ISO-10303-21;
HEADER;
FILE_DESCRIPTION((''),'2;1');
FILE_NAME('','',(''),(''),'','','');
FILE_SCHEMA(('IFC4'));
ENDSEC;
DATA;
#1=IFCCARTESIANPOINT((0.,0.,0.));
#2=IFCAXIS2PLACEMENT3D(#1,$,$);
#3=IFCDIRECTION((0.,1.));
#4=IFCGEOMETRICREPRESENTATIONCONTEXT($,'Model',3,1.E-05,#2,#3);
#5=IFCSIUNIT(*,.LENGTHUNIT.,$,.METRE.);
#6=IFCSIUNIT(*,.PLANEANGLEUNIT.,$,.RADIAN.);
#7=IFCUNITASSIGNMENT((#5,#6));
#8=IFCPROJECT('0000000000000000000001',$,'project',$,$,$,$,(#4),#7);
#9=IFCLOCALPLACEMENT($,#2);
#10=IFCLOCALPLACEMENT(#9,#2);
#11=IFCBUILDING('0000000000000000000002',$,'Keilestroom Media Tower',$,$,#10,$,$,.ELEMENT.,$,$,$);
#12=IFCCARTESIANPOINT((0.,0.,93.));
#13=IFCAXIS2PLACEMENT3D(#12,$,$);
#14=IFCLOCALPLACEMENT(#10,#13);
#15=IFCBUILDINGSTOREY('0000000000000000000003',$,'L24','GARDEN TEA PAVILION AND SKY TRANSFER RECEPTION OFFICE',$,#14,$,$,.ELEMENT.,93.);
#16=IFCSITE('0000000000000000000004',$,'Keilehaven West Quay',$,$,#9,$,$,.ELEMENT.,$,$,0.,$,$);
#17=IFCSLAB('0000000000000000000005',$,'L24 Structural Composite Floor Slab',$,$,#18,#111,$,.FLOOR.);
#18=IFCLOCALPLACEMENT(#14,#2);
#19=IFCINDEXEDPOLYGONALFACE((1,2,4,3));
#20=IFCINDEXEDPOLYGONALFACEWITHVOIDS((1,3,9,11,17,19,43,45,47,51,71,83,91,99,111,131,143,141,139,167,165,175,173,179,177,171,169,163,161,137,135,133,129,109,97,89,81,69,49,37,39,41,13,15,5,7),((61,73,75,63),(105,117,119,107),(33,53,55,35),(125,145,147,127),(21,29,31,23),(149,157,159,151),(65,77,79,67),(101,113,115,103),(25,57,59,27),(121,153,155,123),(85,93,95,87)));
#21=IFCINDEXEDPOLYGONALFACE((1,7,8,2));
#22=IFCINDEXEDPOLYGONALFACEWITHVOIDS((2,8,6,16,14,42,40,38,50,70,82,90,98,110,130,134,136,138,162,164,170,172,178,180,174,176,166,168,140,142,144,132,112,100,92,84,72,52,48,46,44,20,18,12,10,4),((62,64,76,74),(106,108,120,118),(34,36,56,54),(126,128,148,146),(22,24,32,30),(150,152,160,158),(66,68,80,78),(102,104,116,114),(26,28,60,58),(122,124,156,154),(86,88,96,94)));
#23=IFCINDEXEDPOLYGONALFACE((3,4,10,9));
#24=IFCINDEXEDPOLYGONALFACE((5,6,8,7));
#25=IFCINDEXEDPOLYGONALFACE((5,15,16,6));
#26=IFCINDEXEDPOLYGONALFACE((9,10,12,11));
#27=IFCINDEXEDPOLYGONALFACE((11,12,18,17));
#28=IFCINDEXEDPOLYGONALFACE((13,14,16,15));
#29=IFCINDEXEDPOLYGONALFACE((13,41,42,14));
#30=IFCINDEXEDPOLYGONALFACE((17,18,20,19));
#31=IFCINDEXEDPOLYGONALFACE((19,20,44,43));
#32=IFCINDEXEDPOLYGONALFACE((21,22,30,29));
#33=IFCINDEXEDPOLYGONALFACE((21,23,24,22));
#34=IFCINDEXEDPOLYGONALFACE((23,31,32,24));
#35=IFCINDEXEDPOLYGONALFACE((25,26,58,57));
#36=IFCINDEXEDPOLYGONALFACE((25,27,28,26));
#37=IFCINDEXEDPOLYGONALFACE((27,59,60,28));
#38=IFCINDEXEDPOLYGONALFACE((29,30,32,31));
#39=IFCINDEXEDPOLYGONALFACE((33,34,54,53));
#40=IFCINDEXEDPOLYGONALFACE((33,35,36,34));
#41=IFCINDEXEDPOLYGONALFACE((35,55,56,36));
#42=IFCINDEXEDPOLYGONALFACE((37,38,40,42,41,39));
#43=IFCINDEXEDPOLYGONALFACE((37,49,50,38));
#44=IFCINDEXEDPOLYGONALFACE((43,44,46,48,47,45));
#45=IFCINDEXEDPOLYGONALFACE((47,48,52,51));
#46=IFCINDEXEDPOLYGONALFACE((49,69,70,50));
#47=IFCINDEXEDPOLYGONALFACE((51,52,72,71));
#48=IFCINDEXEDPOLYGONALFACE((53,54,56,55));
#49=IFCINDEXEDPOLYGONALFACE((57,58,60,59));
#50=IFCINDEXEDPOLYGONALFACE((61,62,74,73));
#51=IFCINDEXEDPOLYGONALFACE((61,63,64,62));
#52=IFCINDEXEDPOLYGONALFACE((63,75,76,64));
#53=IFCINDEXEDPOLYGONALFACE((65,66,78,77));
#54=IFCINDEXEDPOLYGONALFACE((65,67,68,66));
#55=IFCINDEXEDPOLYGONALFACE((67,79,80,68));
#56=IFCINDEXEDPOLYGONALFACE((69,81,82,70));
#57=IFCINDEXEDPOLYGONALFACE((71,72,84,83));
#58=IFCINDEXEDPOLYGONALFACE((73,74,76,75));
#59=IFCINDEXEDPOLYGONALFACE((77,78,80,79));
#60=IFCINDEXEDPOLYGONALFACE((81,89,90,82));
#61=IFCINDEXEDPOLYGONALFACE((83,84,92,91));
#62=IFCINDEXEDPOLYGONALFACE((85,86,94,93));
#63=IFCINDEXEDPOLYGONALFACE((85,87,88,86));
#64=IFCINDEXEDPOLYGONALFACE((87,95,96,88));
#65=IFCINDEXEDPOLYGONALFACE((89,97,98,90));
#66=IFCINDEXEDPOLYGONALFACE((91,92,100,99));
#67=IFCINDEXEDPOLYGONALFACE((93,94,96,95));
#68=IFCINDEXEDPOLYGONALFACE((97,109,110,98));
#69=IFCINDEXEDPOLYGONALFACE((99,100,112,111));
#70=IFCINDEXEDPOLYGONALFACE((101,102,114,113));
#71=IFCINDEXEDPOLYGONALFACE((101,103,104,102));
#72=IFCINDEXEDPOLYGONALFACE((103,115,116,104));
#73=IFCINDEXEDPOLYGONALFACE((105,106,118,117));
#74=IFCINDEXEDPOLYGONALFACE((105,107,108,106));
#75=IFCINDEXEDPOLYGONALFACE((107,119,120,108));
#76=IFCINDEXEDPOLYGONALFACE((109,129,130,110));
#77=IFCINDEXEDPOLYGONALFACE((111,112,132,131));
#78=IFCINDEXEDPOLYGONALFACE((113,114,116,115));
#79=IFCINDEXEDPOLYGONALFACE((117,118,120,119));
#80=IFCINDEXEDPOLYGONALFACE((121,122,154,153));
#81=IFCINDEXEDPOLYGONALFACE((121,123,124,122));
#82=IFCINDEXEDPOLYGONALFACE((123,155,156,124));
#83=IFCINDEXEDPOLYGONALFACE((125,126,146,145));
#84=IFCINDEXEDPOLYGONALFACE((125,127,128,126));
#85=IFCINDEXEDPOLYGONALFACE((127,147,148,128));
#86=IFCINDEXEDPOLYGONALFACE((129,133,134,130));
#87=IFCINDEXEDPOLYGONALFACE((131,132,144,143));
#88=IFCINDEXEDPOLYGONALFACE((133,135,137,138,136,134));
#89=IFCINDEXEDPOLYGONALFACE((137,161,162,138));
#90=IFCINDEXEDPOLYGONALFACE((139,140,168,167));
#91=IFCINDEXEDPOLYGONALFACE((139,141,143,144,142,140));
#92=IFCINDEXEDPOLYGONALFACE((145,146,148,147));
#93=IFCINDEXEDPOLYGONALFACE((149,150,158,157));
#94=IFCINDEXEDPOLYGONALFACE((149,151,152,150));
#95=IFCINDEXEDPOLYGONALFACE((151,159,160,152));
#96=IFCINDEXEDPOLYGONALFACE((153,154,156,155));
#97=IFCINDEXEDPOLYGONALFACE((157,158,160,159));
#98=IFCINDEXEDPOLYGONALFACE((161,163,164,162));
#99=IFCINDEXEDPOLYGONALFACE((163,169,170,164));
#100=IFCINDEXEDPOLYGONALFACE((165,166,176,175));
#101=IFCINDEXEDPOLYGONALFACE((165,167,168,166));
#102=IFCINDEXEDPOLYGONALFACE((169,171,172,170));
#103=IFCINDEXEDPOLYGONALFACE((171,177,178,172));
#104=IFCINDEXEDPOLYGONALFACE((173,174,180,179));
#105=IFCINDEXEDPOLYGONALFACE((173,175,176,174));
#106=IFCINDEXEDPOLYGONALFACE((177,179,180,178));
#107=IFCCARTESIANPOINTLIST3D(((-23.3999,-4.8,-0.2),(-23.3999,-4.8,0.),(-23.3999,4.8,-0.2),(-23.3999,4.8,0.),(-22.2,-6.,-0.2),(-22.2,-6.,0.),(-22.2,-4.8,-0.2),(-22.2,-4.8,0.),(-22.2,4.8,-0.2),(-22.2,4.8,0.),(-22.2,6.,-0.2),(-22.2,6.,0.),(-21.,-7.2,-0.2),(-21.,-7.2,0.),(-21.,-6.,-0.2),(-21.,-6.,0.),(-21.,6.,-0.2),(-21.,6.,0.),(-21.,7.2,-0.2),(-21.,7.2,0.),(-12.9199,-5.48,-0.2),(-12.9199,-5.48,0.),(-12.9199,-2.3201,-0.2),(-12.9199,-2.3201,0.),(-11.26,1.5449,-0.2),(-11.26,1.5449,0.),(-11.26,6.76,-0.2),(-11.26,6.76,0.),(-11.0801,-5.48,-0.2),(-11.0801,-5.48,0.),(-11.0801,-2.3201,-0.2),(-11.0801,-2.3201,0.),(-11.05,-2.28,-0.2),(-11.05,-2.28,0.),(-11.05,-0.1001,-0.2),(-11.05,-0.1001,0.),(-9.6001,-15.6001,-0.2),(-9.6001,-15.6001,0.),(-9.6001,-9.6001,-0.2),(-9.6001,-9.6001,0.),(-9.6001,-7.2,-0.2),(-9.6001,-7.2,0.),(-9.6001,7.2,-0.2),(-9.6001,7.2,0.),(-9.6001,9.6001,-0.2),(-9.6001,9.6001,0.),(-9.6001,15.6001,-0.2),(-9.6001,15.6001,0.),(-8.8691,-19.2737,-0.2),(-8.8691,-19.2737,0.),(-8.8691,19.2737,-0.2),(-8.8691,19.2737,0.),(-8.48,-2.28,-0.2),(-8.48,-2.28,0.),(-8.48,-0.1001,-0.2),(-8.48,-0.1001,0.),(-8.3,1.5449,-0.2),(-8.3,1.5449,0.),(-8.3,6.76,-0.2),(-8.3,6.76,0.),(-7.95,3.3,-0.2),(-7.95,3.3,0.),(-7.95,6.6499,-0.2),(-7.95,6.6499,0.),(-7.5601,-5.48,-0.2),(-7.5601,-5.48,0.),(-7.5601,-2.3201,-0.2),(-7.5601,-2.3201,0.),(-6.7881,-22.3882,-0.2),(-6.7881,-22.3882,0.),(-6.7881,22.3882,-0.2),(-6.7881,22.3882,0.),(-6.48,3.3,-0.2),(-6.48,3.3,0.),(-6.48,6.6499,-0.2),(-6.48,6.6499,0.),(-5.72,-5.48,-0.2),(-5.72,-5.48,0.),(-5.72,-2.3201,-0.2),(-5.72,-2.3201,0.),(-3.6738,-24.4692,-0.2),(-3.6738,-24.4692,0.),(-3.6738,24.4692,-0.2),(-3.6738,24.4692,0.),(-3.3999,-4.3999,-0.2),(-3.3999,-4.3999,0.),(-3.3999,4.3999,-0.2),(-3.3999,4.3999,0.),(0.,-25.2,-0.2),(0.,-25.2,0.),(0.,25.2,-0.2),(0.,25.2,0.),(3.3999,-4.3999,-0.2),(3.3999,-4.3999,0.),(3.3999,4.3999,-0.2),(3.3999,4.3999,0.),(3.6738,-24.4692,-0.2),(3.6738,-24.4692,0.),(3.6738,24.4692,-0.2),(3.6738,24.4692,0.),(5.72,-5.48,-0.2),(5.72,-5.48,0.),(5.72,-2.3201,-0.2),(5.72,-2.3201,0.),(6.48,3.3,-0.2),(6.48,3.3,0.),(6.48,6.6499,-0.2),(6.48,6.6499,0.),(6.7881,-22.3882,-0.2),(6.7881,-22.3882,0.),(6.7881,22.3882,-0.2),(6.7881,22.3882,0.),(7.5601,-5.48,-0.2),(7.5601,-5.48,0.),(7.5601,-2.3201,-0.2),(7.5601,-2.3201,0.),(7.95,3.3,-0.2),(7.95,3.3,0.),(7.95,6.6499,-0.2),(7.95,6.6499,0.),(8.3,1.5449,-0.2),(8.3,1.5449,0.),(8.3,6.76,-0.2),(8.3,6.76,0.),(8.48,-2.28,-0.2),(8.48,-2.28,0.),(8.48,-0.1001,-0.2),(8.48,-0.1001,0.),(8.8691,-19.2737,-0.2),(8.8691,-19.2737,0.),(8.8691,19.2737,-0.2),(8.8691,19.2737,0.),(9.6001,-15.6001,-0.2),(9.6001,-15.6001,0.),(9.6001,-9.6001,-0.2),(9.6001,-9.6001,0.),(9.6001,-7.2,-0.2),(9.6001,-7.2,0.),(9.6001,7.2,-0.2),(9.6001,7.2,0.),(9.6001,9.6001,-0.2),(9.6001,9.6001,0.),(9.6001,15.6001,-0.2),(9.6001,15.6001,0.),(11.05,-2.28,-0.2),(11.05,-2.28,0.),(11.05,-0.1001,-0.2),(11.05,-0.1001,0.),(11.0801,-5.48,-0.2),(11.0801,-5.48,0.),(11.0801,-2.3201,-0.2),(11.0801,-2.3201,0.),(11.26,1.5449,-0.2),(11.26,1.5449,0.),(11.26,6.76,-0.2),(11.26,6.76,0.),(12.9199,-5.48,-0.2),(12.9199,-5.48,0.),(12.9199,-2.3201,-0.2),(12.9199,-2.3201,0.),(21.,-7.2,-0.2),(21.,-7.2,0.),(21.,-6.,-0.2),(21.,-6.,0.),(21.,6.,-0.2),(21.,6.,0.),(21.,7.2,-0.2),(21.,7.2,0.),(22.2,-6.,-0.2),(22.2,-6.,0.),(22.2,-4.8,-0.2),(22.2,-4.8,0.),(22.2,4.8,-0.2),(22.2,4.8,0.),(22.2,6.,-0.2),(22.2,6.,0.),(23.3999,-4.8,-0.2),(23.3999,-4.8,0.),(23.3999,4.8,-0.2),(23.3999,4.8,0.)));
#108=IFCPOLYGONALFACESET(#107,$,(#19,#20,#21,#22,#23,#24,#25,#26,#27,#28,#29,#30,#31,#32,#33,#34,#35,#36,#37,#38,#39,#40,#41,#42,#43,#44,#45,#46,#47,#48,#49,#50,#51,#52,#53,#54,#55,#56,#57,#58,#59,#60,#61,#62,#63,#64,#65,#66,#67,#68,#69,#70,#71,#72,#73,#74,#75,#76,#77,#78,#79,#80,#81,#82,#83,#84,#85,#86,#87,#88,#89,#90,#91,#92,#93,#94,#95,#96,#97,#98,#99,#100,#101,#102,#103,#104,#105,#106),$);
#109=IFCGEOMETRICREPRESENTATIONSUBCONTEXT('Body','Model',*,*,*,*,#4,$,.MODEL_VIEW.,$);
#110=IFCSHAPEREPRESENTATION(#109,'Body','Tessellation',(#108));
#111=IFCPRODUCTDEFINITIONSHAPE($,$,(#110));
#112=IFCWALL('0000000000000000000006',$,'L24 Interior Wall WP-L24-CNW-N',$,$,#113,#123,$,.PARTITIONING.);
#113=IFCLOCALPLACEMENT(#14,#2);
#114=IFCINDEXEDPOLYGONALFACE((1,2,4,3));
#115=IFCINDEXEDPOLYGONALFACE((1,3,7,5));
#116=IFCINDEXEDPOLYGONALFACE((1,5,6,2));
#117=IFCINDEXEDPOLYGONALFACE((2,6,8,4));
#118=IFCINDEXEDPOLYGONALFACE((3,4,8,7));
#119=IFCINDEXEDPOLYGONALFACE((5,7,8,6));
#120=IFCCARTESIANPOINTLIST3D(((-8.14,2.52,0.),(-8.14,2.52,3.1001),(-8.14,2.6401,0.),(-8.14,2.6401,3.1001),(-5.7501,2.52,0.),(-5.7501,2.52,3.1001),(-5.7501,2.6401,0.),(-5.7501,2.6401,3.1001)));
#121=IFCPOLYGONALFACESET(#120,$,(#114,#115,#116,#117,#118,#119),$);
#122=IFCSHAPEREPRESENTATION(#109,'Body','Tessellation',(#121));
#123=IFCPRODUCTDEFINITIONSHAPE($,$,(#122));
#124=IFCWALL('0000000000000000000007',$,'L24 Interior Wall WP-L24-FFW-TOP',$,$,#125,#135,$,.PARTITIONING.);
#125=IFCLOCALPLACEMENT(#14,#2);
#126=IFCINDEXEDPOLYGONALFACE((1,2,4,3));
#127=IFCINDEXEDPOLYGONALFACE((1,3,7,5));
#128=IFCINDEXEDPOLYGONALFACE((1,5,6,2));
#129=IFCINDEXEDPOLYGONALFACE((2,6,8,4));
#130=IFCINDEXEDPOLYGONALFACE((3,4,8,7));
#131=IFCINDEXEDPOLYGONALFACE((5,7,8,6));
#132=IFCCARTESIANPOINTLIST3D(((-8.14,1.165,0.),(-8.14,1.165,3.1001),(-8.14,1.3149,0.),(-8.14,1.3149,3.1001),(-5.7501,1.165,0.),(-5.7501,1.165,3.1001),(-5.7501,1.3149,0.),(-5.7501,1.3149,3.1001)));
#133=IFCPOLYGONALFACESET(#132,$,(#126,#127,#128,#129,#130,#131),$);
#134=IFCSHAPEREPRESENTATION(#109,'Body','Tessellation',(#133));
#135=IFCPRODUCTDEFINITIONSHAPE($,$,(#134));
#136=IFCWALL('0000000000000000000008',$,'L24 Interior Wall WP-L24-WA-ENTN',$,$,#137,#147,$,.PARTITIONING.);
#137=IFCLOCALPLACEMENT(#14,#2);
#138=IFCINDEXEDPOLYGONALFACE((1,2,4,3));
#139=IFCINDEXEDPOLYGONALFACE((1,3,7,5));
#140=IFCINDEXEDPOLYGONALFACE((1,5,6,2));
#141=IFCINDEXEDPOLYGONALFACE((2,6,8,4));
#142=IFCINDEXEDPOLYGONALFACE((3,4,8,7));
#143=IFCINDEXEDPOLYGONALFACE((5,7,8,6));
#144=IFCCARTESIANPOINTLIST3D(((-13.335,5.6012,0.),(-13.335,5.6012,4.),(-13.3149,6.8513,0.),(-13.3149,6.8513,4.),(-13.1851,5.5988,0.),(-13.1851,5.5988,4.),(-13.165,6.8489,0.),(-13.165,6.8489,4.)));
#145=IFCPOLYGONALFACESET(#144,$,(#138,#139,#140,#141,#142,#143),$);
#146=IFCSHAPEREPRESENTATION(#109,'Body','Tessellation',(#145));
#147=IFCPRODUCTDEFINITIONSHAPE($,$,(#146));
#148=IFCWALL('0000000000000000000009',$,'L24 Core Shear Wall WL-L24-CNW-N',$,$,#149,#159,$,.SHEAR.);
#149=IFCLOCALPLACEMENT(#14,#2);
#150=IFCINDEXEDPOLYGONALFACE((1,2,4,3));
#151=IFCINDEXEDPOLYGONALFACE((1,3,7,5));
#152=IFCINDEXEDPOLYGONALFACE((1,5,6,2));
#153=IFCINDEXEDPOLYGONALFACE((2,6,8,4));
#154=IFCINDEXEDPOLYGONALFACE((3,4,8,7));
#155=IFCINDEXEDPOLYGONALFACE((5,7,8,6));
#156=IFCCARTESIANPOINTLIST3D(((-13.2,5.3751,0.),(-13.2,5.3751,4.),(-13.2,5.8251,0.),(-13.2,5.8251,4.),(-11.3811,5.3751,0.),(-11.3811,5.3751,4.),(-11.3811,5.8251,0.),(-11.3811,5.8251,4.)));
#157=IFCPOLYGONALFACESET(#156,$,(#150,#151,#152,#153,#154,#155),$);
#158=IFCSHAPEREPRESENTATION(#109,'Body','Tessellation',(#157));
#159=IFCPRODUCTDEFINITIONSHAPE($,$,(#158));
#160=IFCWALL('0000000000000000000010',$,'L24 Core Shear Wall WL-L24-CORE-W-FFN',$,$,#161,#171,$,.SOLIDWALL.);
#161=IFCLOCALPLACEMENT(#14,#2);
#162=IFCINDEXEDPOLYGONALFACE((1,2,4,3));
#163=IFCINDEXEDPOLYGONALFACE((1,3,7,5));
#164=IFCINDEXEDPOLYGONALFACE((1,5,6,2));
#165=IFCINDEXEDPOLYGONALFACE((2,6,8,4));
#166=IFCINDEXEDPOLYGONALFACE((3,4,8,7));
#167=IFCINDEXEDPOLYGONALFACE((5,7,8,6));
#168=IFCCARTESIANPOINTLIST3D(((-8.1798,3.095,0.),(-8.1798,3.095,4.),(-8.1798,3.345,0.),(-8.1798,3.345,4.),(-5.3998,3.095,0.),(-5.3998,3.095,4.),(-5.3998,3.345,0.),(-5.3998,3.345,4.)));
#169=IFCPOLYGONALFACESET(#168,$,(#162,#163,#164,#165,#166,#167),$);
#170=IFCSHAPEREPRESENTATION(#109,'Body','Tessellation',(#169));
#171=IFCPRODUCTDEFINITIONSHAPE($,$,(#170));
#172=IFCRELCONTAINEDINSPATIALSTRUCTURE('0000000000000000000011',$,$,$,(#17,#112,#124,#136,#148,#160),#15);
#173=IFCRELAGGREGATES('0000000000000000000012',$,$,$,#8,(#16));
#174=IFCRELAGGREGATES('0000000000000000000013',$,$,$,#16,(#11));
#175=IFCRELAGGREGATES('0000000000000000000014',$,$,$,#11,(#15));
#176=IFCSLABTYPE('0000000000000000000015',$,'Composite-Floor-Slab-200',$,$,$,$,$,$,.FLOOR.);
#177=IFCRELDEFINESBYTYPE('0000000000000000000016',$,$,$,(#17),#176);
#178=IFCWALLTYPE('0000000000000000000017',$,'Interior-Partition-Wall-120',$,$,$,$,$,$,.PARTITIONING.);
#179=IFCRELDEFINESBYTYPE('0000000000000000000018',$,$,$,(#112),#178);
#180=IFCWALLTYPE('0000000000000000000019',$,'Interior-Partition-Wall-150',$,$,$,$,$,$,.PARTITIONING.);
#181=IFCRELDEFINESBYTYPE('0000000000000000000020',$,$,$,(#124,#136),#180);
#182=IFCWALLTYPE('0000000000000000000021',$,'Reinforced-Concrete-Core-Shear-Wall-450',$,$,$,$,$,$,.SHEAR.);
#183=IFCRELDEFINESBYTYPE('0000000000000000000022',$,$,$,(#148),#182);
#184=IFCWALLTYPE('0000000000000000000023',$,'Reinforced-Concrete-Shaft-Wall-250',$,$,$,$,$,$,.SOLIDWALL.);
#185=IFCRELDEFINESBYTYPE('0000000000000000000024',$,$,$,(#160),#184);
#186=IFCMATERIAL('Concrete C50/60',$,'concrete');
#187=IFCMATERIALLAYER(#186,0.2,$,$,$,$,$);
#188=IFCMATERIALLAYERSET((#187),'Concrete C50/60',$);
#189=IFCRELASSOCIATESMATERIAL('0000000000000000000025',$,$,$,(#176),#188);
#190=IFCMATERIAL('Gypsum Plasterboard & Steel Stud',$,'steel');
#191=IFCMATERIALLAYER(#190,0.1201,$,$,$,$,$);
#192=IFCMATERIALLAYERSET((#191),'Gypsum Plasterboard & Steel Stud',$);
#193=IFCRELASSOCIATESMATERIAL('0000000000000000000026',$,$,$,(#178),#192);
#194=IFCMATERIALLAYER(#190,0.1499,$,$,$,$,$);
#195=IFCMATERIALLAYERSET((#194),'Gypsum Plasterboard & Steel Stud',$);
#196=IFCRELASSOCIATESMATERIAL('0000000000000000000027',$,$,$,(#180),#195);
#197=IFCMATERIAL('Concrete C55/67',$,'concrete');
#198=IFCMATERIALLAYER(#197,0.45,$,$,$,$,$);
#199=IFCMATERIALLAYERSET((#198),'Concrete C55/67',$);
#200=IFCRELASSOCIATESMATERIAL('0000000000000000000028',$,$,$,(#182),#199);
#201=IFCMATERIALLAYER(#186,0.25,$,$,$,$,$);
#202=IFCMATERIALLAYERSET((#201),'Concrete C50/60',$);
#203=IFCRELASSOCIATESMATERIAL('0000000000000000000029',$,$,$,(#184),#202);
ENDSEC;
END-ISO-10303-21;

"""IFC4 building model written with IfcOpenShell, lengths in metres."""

from ifc_helpers import new_model, si_unit, direction, frame, frame_2d, origin, place, context, subcontext, project, spatial, polyline, rectangle, outline, extrude, material, layer, layer_set, type_object, element, save


model = new_model("IFC4")

# Units and contexts
model_context = context("Model", 3, precision=1e-05, world=origin(), true_north=direction((0.0, 1.0)))
body_context = subcontext(model_context, "Body", "Model", "MODEL_VIEW")
ifc_project = project(units=[si_unit("LENGTHUNIT", "METRE"), si_unit("PLANEANGLEUNIT", "RADIAN")], contexts=[model_context])

# Site, building, storey
site_placement = place(None, origin())
site = spatial("IfcSite", under=ifc_project, at=site_placement, Name="Keilehaven West Quay", CompositionType="ELEMENT", RefElevation=0.0)
building_placement = place(site_placement, origin())
building = spatial("IfcBuilding", under=site, at=building_placement, Name="Keilestroom Media Tower", CompositionType="ELEMENT")
storey_placement = place(building_placement, frame((0.0, 0.0, 93.0)))
storey = spatial("IfcBuildingStorey", under=building, at=storey_placement, Name="L24", Description="GARDEN TEA PAVILION AND SKY TRANSFER RECEPTION OFFICE", CompositionType="ELEMENT", Elevation=93.0)

# Slab
ifc_material_1 = material(Name="Concrete C50/60", Category="concrete")
ifc_layer_1 = layer(ifc_material_1, 0.2)
ifc_layer_set_1 = layer_set([ifc_layer_1], Name="Concrete C50/60")
slab_type = type_object("IfcSlabType", Name="Composite-Floor-Slab-200", PredefinedType="FLOOR", material=ifc_layer_set_1)
slab_placement = place(storey_placement, frame((0.0, 0.0, -0.2)))
element("IfcSlab", 1, at=slab_placement, inside=storey, type_object=slab_type, Name="L24 Structural Composite Floor Slab", PredefinedType="FLOOR", context=body_context, shape_type="SweptSolid", body=[
    extrude(outline(polyline([(23.3999, -4.8), (23.3999, 4.8), (22.2, 4.8), (22.2, 6.0), (21.0, 6.0), (21.0, 7.2), (9.6001, 7.2), (9.6001, 9.6001), (9.6001, 15.6001), (8.8691, 19.2737), (6.7881, 22.3882), (3.6738, 24.4692), (0.0, 25.2), (-3.6738, 24.4692), (-6.7881, 22.3882), (-8.8691, 19.2737), (-9.6001, 15.6001), (-9.6001, 9.6001), (-9.6001, 7.2), (-21.0, 7.2), (-21.0, 6.0), (-22.2, 6.0), (-22.2, 4.8), (-23.3999, 4.8), (-23.3999, -4.8), (-22.2, -4.8), (-22.2, -6.0), (-21.0, -6.0), (-21.0, -7.2), (-9.6001, -7.2), (-9.6001, -9.6001), (-9.6001, -15.6001), (-8.8691, -19.2737), (-6.7881, -22.3882), (-3.6738, -24.4692), (0.0, -25.2), (3.6738, -24.4692), (6.7881, -22.3882), (8.8691, -19.2737), (9.6001, -15.6001), (9.6001, -9.6001), (9.6001, -7.2), (21.0, -7.2), (21.0, -6.0), (22.2, -6.0), (22.2, -4.8), (23.3999, -4.8)]), holes=[polyline([(-12.9199, -5.48), (-12.9199, -2.3201), (-11.0801, -2.3201), (-11.0801, -5.48), (-12.9199, -5.48)]), polyline([(-11.26, 1.5449), (-11.26, 6.76), (-8.3, 6.76), (-8.3, 1.5449), (-11.26, 1.5449)]), polyline([(-11.05, -2.28), (-11.05, -0.1001), (-8.48, -0.1001), (-8.48, -2.28), (-11.05, -2.28)]), polyline([(-7.95, 3.3), (-7.95, 6.6499), (-6.48, 6.6499), (-6.48, 3.3), (-7.95, 3.3)]), polyline([(-7.5601, -5.48), (-7.5601, -2.3201), (-5.72, -2.3201), (-5.72, -5.48), (-7.5601, -5.48)]), polyline([(-3.3999, -4.3999), (-3.3999, 4.3999), (3.3999, 4.3999), (3.3999, -4.3999), (-3.3999, -4.3999)]), polyline([(5.72, -5.48), (5.72, -2.3201), (7.5601, -2.3201), (7.5601, -5.48), (5.72, -5.48)]), polyline([(7.95, 6.6499), (7.95, 3.3), (6.48, 3.3), (6.48, 6.6499), (7.95, 6.6499)]), polyline([(8.3, 6.76), (11.26, 6.76), (11.26, 1.5449), (8.3, 1.5449), (8.3, 6.76)]), polyline([(8.48, -2.28), (8.48, -0.1001), (11.05, -0.1001), (11.05, -2.28), (8.48, -2.28)]), polyline([(12.9199, -5.48), (11.0801, -5.48), (11.0801, -2.3201), (12.9199, -2.3201), (12.9199, -5.48)])]), origin(), (0.0, 0.0, 1.0), 0.2),
])

# Walls
ifc_material_2 = material(Name="Gypsum Plasterboard & Steel Stud", Category="steel")
ifc_layer_2 = layer(ifc_material_2, 0.1201)
ifc_layer_set_2 = layer_set([ifc_layer_2], Name="Gypsum Plasterboard & Steel Stud")
wall_type_1 = type_object("IfcWallType", Name="Interior-Partition-Wall-120", PredefinedType="PARTITIONING", material=ifc_layer_set_2)
wall_1_placement = place(storey_placement, frame((-8.1399, 2.5801, 0.0), z_axis=(0.0, 0.0, 1.0), x_axis=(1.0, 0.0, 0.0)))
element("IfcWall", 2, at=wall_1_placement, inside=storey, type_object=wall_type_1, Name="L24 Interior Wall WP-L24-CNW-N", PredefinedType="PARTITIONING", context=body_context, shape_type="SweptSolid", body=[
    extrude(rectangle(XDim=2.3899, YDim=0.1201, at=frame_2d((1.1948, 0.0))), origin(), (0.0, 0.0, 1.0), 3.1001),
])
ifc_layer_3 = layer(ifc_material_2, 0.1499)
ifc_layer_set_3 = layer_set([ifc_layer_3], Name="Gypsum Plasterboard & Steel Stud")
wall_type_2 = type_object("IfcWallType", Name="Interior-Partition-Wall-150", PredefinedType="PARTITIONING", material=ifc_layer_set_3)
wall_2_placement = place(storey_placement, frame((-8.1399, 1.24, 0.0), z_axis=(0.0, 0.0, 1.0), x_axis=(1.0, 0.0, 0.0)))
element("IfcWall", 3, at=wall_2_placement, inside=storey, type_object=wall_type_2, Name="L24 Interior Wall WP-L24-FFW-TOP", PredefinedType="PARTITIONING", context=body_context, shape_type="SweptSolid", body=[
    extrude(rectangle(XDim=2.3899, YDim=0.1499, at=frame_2d((1.1948, 0.0))), origin(), (0.0, 0.0, 1.0), 3.1001),
])
wall_3_placement = place(storey_placement, frame((-13.26, 5.6001, 0.0), z_axis=(0.0, 0.0, 1.0), x_axis=(0.016014, 0.999872, 0.0)))
element("IfcWall", 4, at=wall_3_placement, inside=storey, type_object=wall_type_2, Name="L24 Interior Wall WP-L24-WA-ENTN", PredefinedType="PARTITIONING", context=body_context, shape_type="SweptSolid", body=[
    extrude(rectangle(XDim=1.2502, YDim=0.1499, at=frame_2d((0.625, 0.0))), origin(), (0.0, 0.0, 1.0), 4.0),
])
ifc_material_3 = material(Name="Concrete C55/67", Category="concrete")
ifc_layer_4 = layer(ifc_material_3, 0.45)
ifc_layer_set_4 = layer_set([ifc_layer_4], Name="Concrete C55/67")
wall_type_3 = type_object("IfcWallType", Name="Reinforced-Concrete-Core-Shear-Wall-450", PredefinedType="SHEAR", material=ifc_layer_set_4)
wall_4_placement = place(storey_placement, frame((-13.2, 5.6001, 0.0), z_axis=(0.0, 0.0, 1.0), x_axis=(1.0, 0.0, 0.0)))
element("IfcWall", 5, at=wall_4_placement, inside=storey, type_object=wall_type_3, Name="L24 Core Shear Wall WL-L24-CNW-N", PredefinedType="SHEAR", context=body_context, shape_type="SweptSolid", body=[
    extrude(rectangle(XDim=1.8188, YDim=0.45, at=frame_2d((0.9094, 0.0))), origin(), (0.0, 0.0, 1.0), 4.0),
])
ifc_layer_5 = layer(ifc_material_1, 0.25)
ifc_layer_set_5 = layer_set([ifc_layer_5], Name="Concrete C50/60")
wall_type_4 = type_object("IfcWallType", Name="Reinforced-Concrete-Shaft-Wall-250", PredefinedType="SOLIDWALL", material=ifc_layer_set_5)
wall_5_placement = place(storey_placement, frame((-8.1799, 3.22, 0.0), z_axis=(0.0, 0.0, 1.0), x_axis=(1.0, 0.0, 0.0)))
element("IfcWall", 6, at=wall_5_placement, inside=storey, type_object=wall_type_4, Name="L24 Core Shear Wall WL-L24-CORE-W-FFN", PredefinedType="SOLIDWALL", context=body_context, shape_type="SweptSolid", body=[
    extrude(rectangle(XDim=2.78, YDim=0.25, at=frame_2d((1.3901, 0.0))), origin(), (0.0, 0.0, 1.0), 4.0),
])

save(model, "model.ifc")
